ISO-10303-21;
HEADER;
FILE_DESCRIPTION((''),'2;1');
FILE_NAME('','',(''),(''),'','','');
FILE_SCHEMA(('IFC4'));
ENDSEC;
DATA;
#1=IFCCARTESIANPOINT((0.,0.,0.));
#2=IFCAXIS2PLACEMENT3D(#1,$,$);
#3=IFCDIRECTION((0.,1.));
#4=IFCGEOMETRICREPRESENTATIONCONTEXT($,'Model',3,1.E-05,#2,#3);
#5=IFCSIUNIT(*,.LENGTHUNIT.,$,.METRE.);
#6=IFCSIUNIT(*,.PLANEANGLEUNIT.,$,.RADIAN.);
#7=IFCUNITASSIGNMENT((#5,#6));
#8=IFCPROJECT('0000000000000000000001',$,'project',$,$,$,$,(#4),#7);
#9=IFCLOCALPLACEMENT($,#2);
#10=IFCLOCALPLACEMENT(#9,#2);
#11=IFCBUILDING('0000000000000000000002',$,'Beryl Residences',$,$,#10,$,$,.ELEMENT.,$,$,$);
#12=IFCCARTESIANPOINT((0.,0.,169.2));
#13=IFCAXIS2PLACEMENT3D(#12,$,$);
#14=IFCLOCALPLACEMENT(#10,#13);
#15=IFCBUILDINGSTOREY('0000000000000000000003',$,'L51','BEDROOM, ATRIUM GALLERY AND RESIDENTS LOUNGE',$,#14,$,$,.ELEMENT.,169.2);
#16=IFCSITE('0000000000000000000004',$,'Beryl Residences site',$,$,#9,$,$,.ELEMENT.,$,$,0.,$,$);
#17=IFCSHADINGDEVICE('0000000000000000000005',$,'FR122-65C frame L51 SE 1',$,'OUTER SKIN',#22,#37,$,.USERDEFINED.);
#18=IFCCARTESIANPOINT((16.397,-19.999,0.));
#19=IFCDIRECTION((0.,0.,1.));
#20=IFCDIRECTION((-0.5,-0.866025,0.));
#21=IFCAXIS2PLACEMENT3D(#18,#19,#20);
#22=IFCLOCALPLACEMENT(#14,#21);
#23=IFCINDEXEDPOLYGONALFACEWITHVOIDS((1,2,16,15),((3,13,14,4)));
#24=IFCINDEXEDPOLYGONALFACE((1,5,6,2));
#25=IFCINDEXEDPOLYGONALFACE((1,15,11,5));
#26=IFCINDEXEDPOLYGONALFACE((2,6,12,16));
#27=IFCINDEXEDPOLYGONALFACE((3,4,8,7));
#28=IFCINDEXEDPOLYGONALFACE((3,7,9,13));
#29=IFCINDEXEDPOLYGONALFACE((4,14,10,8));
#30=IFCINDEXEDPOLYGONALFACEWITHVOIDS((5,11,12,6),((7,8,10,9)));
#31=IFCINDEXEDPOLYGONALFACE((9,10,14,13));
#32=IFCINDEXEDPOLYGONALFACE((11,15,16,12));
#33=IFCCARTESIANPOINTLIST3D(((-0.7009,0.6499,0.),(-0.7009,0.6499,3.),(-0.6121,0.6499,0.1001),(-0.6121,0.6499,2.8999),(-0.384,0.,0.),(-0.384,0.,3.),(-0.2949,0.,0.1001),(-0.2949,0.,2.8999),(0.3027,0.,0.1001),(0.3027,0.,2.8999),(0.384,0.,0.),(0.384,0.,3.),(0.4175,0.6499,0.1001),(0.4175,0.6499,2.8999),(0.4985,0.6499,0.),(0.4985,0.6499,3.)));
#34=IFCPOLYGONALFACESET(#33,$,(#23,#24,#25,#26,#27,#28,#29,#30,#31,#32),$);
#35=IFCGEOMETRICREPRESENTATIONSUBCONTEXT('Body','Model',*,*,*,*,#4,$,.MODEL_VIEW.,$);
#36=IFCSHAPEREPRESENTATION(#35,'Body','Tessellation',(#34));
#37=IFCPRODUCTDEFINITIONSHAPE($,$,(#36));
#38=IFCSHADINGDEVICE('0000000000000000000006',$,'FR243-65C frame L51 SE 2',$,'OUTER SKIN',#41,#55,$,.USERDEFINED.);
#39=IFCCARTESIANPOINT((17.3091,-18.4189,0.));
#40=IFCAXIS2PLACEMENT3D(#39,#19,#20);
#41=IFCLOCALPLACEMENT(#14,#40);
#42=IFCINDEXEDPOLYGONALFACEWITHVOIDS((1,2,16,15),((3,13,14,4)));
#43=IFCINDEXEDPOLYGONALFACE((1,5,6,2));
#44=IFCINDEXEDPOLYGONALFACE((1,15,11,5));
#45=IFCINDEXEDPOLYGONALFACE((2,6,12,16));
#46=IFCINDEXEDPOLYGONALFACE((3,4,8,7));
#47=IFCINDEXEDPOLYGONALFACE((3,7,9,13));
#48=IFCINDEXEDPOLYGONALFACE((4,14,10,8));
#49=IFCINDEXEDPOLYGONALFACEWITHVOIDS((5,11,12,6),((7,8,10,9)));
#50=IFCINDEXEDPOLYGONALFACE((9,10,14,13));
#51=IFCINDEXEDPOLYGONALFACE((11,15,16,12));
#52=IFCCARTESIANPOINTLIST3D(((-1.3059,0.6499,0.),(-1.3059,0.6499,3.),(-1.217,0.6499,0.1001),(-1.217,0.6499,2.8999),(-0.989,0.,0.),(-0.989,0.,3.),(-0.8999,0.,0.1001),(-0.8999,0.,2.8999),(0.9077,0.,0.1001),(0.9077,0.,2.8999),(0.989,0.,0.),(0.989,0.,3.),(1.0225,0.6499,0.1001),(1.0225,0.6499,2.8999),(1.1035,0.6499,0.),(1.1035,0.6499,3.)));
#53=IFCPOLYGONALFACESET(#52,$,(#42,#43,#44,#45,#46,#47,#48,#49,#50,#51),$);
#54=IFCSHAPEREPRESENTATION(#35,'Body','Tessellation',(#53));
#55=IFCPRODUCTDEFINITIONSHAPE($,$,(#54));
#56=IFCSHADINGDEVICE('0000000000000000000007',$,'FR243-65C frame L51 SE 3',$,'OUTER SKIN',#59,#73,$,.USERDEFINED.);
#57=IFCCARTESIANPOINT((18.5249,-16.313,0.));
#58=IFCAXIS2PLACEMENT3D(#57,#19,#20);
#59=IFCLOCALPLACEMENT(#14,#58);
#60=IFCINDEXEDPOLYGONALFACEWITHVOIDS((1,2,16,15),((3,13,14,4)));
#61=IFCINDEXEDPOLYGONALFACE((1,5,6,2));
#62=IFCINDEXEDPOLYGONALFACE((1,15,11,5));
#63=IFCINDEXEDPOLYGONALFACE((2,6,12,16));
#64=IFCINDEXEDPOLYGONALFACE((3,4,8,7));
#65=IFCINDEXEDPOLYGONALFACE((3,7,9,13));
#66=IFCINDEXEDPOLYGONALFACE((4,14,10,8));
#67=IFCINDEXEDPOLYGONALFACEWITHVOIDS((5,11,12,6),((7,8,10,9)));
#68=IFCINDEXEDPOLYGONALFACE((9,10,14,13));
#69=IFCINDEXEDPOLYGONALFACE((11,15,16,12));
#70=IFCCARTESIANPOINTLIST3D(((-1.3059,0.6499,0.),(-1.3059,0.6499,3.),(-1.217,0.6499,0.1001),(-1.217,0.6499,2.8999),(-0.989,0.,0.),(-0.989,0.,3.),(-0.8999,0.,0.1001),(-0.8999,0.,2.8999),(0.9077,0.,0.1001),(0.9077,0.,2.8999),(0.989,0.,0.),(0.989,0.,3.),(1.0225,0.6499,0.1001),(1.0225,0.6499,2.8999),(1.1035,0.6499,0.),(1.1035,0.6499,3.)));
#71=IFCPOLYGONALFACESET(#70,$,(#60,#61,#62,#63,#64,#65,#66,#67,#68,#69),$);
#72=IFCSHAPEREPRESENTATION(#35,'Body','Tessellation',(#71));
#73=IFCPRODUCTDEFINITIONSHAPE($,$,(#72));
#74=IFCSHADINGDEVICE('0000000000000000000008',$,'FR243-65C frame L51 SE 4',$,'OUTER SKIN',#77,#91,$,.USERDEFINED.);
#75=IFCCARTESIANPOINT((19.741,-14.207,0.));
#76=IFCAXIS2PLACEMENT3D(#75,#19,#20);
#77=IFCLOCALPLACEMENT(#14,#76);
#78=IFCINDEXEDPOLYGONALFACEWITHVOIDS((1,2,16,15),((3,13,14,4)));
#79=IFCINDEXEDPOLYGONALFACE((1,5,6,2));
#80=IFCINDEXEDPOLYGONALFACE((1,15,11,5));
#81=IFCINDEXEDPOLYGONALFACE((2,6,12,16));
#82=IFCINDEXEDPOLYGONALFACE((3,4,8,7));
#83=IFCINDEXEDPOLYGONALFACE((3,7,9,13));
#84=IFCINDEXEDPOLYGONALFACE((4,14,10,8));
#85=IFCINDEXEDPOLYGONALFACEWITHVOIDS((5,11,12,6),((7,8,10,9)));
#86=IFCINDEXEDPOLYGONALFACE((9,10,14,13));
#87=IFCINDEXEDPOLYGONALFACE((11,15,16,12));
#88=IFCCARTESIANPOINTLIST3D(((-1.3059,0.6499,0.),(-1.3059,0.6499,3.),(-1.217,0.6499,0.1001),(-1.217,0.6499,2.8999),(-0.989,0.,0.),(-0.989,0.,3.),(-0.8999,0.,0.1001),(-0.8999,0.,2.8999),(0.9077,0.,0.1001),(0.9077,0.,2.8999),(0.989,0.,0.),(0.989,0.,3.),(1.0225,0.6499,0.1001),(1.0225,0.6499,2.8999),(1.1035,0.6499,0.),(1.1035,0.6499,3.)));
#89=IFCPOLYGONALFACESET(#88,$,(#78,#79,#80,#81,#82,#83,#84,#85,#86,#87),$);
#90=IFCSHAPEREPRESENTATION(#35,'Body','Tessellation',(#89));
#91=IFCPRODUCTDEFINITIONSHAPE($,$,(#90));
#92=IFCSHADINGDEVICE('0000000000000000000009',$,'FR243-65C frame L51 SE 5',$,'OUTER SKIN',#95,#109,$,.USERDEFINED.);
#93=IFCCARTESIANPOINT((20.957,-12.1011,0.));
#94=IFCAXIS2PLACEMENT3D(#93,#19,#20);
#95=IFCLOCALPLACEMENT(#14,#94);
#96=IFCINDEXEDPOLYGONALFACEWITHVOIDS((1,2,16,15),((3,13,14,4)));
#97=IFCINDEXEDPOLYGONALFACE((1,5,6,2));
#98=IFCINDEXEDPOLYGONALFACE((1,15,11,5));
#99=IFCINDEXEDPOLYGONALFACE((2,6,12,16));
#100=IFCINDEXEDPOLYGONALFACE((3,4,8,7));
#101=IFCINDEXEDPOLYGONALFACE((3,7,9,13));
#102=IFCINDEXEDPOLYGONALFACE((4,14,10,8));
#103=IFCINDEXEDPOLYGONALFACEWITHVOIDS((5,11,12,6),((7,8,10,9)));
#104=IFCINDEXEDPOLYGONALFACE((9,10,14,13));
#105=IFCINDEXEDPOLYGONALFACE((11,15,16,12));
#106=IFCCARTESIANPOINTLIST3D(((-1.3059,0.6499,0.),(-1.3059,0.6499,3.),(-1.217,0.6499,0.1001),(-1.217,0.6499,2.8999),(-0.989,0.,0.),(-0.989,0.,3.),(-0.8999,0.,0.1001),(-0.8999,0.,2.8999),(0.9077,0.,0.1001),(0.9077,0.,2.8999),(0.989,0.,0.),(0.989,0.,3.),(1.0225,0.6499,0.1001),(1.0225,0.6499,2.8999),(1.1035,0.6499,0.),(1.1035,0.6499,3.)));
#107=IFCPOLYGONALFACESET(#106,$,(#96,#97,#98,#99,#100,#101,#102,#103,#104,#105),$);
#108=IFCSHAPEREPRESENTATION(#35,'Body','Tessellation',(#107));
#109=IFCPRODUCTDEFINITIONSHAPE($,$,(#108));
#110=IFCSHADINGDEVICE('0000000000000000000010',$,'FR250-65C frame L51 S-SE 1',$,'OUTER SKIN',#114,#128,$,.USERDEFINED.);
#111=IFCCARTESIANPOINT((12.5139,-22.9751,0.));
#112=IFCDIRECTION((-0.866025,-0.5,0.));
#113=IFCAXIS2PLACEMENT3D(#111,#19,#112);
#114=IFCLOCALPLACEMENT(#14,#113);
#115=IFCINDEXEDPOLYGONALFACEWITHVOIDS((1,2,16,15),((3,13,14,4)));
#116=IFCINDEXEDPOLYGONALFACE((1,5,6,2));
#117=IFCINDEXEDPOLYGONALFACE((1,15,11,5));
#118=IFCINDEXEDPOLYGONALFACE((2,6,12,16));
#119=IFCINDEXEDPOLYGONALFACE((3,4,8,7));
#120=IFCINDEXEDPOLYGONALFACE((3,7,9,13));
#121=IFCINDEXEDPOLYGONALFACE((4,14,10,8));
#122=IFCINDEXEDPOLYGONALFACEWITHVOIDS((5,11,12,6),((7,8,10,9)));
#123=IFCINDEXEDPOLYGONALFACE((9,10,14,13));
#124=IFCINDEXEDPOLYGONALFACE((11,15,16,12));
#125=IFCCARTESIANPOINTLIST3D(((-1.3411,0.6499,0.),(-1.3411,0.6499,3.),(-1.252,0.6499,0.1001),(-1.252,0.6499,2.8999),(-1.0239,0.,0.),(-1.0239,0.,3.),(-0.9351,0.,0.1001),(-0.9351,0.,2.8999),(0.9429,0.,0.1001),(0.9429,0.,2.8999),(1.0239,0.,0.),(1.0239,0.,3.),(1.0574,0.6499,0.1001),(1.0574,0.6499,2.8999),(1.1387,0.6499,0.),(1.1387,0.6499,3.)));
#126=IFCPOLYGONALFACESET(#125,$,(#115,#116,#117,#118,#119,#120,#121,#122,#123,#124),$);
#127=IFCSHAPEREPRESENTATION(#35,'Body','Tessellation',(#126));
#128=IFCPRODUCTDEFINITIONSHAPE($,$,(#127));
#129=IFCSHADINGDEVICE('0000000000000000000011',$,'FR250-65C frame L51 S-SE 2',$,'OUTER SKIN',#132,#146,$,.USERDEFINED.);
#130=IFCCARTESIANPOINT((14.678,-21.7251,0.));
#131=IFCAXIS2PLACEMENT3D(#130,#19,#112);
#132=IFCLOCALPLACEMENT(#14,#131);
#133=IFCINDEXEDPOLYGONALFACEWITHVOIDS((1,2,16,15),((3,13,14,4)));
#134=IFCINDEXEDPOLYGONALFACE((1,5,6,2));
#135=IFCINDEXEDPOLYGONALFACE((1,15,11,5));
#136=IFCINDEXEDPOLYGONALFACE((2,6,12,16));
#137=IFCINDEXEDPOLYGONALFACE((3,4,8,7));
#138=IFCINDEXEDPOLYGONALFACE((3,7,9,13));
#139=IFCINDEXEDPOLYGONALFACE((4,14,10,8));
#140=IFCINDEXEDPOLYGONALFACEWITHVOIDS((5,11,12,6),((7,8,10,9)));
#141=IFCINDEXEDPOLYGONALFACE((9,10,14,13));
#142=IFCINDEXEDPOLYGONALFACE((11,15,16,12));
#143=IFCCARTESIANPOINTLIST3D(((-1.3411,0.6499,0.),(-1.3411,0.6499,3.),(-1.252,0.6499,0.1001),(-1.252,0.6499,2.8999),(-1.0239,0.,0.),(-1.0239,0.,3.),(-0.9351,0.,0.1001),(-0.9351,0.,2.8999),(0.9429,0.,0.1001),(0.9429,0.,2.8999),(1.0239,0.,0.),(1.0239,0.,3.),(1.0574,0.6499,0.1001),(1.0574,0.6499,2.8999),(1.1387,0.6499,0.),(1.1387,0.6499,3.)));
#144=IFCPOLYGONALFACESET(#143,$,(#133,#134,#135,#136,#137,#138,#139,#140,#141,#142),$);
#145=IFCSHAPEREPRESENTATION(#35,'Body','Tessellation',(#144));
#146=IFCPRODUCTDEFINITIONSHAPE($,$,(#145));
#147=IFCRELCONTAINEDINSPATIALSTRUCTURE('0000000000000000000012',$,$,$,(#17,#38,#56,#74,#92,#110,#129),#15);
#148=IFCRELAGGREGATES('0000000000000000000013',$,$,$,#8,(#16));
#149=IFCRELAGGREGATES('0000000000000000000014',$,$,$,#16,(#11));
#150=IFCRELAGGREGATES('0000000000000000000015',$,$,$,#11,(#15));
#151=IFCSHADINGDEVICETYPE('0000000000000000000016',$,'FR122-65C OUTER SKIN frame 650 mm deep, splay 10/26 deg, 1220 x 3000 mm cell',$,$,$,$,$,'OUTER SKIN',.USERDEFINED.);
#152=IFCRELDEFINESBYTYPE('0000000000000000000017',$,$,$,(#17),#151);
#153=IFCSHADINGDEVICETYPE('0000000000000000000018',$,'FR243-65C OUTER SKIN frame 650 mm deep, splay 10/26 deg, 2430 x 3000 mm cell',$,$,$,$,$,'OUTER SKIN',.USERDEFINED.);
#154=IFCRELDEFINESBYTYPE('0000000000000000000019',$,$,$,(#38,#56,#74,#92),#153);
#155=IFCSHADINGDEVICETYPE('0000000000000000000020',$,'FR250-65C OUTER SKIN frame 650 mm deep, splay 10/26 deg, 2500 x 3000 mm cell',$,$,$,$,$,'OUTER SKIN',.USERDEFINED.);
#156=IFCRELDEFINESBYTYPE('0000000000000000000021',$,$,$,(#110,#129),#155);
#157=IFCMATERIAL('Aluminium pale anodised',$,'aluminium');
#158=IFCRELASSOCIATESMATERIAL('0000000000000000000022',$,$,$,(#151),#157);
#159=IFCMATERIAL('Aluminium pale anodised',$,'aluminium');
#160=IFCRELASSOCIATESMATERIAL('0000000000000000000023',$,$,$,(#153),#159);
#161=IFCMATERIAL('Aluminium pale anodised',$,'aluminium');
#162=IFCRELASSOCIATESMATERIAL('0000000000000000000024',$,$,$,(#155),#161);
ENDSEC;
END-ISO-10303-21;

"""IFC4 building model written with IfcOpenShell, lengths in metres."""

from ifc_helpers import new_model, entity, si_unit, direction, frame, origin, place, context, subcontext, project, spatial, source, transform, mapped, material, type_object, type_shapes, element, save


model = new_model("IFC4")

# Units and contexts
model_context = context("Model", 3, precision=1e-05, world=origin(), true_north=direction((0.0, 1.0)))
body_context = subcontext(model_context, "Body", "Model", "MODEL_VIEW")
ifc_project = project(units=[si_unit("LENGTHUNIT", "METRE"), si_unit("PLANEANGLEUNIT", "RADIAN")], contexts=[model_context])

# Site, building, storey
site_placement = place(None, origin())
site = spatial("IfcSite", under=ifc_project, at=site_placement, Name="Beryl Residences site", CompositionType="ELEMENT", RefElevation=0.0)
building_placement = place(site_placement, origin())
building = spatial("IfcBuilding", under=site, at=building_placement, Name="Beryl Residences", CompositionType="ELEMENT")
storey_placement = place(building_placement, frame((0.0, 0.0, 169.2)))
storey = spatial("IfcBuildingStorey", under=building, at=storey_placement, Name="L51", Description="BEDROOM, ATRIUM GALLERY AND RESIDENTS LOUNGE", CompositionType="ELEMENT", Elevation=169.2)

# Shading devices
ifc_material_1 = material(Name="Aluminium pale anodised", Category="aluminium")
shading_device_type_1 = type_object("IfcShadingDeviceType", Name="FR122-65C OUTER SKIN frame 650 mm deep, splay 10/26 deg, 1220 x 3000 mm cell", ElementType="OUTER SKIN", PredefinedType="USERDEFINED", material=ifc_material_1)
cartesian_point_1 = entity("IfcCartesianPoint", [-0.384, 0.0])
cartesian_point_2 = entity("IfcCartesianPoint", [-0.3027, 0.1001])
cartesian_point_3 = entity("IfcCartesianPoint", [-0.4985, 0.0])
cartesian_point_4 = entity("IfcCartesianPoint", [-0.4175, 0.1001])
shared_shape_1 = source(origin(), body_context, "Body", "SweptSolid", [
    entity("IfcExtrudedAreaSolidTapered", entity("IfcArbitraryProfileDefWithVoids", "AREA", None, entity("IfcPolyline", [cartesian_point_1, entity("IfcCartesianPoint", [0.384, 0.0]), entity("IfcCartesianPoint", [0.384, 3.0]), entity("IfcCartesianPoint", [-0.384, 3.0]), cartesian_point_1]), [entity("IfcPolyline", [cartesian_point_2, entity("IfcCartesianPoint", [0.2949, 0.1001]), entity("IfcCartesianPoint", [0.2949, 2.8999]), entity("IfcCartesianPoint", [-0.3027, 2.8999]), cartesian_point_2])]), entity("IfcAxis2Placement3D", entity("IfcCartesianPoint", [0.0, 0.0, 0.0]), entity("IfcDirection", [0.0, 1.0, 0.0]), entity("IfcDirection", [-1.0, 0.0, 0.0])), entity("IfcDirection", [0.0, 0.0, 1.0]), 0.6499, entity("IfcArbitraryProfileDefWithVoids", "AREA", None, entity("IfcPolyline", [cartesian_point_3, entity("IfcCartesianPoint", [0.7009, 0.0]), entity("IfcCartesianPoint", [0.7009, 3.0]), entity("IfcCartesianPoint", [-0.4985, 3.0]), cartesian_point_3]), [entity("IfcPolyline", [cartesian_point_4, entity("IfcCartesianPoint", [0.6121, 0.1001]), entity("IfcCartesianPoint", [0.6121, 2.8999]), entity("IfcCartesianPoint", [-0.4175, 2.8999]), cartesian_point_4])])),
])
type_shapes(shading_device_type_1, [shared_shape_1])
shading_device_placement = place(storey_placement, frame((16.397, -19.999, 0.0), z_axis=(0.0, 0.0, 1.0), x_axis=(-0.5, -0.866025, 0.0)))
element("IfcShadingDevice", 1, at=shading_device_placement, inside=storey, type_object=shading_device_type_1, Name="FR122-65C frame L51 SE 1", ObjectType="OUTER SKIN", PredefinedType="USERDEFINED", context=body_context, shape_type="MappedRepresentation", body=[
    mapped(shared_shape_1, transform((0.0, 0.0, 0.0))),
])
ifc_material_2 = material(Name="Aluminium pale anodised", Category="aluminium")
shading_device_type_2 = type_object("IfcShadingDeviceType", Name="FR243-65C OUTER SKIN frame 650 mm deep, splay 10/26 deg, 2430 x 3000 mm cell", ElementType="OUTER SKIN", PredefinedType="USERDEFINED", material=ifc_material_2)
cartesian_point_5 = entity("IfcCartesianPoint", [-0.989, 0.0])
cartesian_point_6 = entity("IfcCartesianPoint", [-0.9077, 0.1001])
cartesian_point_7 = entity("IfcCartesianPoint", [-1.1035, 0.0])
cartesian_point_8 = entity("IfcCartesianPoint", [-1.0225, 0.1001])
shared_shape_2 = source(origin(), body_context, "Body", "SweptSolid", [
    entity("IfcExtrudedAreaSolidTapered", entity("IfcArbitraryProfileDefWithVoids", "AREA", None, entity("IfcPolyline", [cartesian_point_5, entity("IfcCartesianPoint", [0.989, 0.0]), entity("IfcCartesianPoint", [0.989, 3.0]), entity("IfcCartesianPoint", [-0.989, 3.0]), cartesian_point_5]), [entity("IfcPolyline", [cartesian_point_6, entity("IfcCartesianPoint", [0.8999, 0.1001]), entity("IfcCartesianPoint", [0.8999, 2.8999]), entity("IfcCartesianPoint", [-0.9077, 2.8999]), cartesian_point_6])]), entity("IfcAxis2Placement3D", entity("IfcCartesianPoint", [0.0, 0.0, 0.0]), entity("IfcDirection", [0.0, 1.0, 0.0]), entity("IfcDirection", [-1.0, 0.0, 0.0])), entity("IfcDirection", [0.0, 0.0, 1.0]), 0.6499, entity("IfcArbitraryProfileDefWithVoids", "AREA", None, entity("IfcPolyline", [cartesian_point_7, entity("IfcCartesianPoint", [1.3059, 0.0]), entity("IfcCartesianPoint", [1.3059, 3.0]), entity("IfcCartesianPoint", [-1.1035, 3.0]), cartesian_point_7]), [entity("IfcPolyline", [cartesian_point_8, entity("IfcCartesianPoint", [1.217, 0.1001]), entity("IfcCartesianPoint", [1.217, 2.8999]), entity("IfcCartesianPoint", [-1.0225, 2.8999]), cartesian_point_8])])),
])
type_shapes(shading_device_type_2, [shared_shape_2])
for number, where, z_axis, x_axis, name in (
    (2, (17.3091, -18.4189, 0.0), (0.0, 0.0, 1.0), (-0.5, -0.866025, 0.0), "FR243-65C frame L51 SE 2"),
    (3, (18.5249, -16.313, 0.0), (0.0, 0.0, 1.0), (-0.5, -0.866025, 0.0), "FR243-65C frame L51 SE 3"),
    (4, (19.741, -14.207, 0.0), (0.0, 0.0, 1.0), (-0.5, -0.866025, 0.0), "FR243-65C frame L51 SE 4"),
    (5, (20.957, -12.1011, 0.0), (0.0, 0.0, 1.0), (-0.5, -0.866025, 0.0), "FR243-65C frame L51 SE 5"),
):
    element("IfcShadingDevice", number, at=place(storey_placement, frame(where, z_axis=z_axis, x_axis=x_axis)), inside=storey, type_object=shading_device_type_2, Name=name, ObjectType="OUTER SKIN", PredefinedType="USERDEFINED", context=body_context, shape_type="MappedRepresentation", body=[
        mapped(shared_shape_2, transform((0.0, 0.0, 0.0))),
    ])
ifc_material_3 = material(Name="Aluminium pale anodised", Category="aluminium")
shading_device_type_3 = type_object("IfcShadingDeviceType", Name="FR250-65C OUTER SKIN frame 650 mm deep, splay 10/26 deg, 2500 x 3000 mm cell", ElementType="OUTER SKIN", PredefinedType="USERDEFINED", material=ifc_material_3)
cartesian_point_9 = entity("IfcCartesianPoint", [-1.0239, 0.0])
cartesian_point_10 = entity("IfcCartesianPoint", [-0.9429, 0.1001])
cartesian_point_11 = entity("IfcCartesianPoint", [-1.1387, 0.0])
cartesian_point_12 = entity("IfcCartesianPoint", [-1.0574, 0.1001])
shared_shape_3 = source(origin(), body_context, "Body", "SweptSolid", [
    entity("IfcExtrudedAreaSolidTapered", entity("IfcArbitraryProfileDefWithVoids", "AREA", None, entity("IfcPolyline", [cartesian_point_9, entity("IfcCartesianPoint", [1.0239, 0.0]), entity("IfcCartesianPoint", [1.0239, 3.0]), entity("IfcCartesianPoint", [-1.0239, 3.0]), cartesian_point_9]), [entity("IfcPolyline", [cartesian_point_10, entity("IfcCartesianPoint", [0.9351, 0.1001]), entity("IfcCartesianPoint", [0.9351, 2.8999]), entity("IfcCartesianPoint", [-0.9429, 2.8999]), cartesian_point_10])]), entity("IfcAxis2Placement3D", entity("IfcCartesianPoint", [0.0, 0.0, 0.0]), entity("IfcDirection", [0.0, 1.0, 0.0]), entity("IfcDirection", [-1.0, 0.0, 0.0])), entity("IfcDirection", [0.0, 0.0, 1.0]), 0.6499, entity("IfcArbitraryProfileDefWithVoids", "AREA", None, entity("IfcPolyline", [cartesian_point_11, entity("IfcCartesianPoint", [1.3411, 0.0]), entity("IfcCartesianPoint", [1.3411, 3.0]), entity("IfcCartesianPoint", [-1.1387, 3.0]), cartesian_point_11]), [entity("IfcPolyline", [cartesian_point_12, entity("IfcCartesianPoint", [1.252, 0.1001]), entity("IfcCartesianPoint", [1.252, 2.8999]), entity("IfcCartesianPoint", [-1.0574, 2.8999]), cartesian_point_12])])),
])
type_shapes(shading_device_type_3, [shared_shape_3])
for number, where, z_axis, x_axis, name in (
    (6, (12.5139, -22.9751, 0.0), (0.0, 0.0, 1.0), (-0.866025, -0.5, 0.0), "FR250-65C frame L51 S-SE 1"),
    (7, (14.678, -21.7251, 0.0), (0.0, 0.0, 1.0), (-0.866025, -0.5, 0.0), "FR250-65C frame L51 S-SE 2"),
):
    element("IfcShadingDevice", number, at=place(storey_placement, frame(where, z_axis=z_axis, x_axis=x_axis)), inside=storey, type_object=shading_device_type_3, Name=name, ObjectType="OUTER SKIN", PredefinedType="USERDEFINED", context=body_context, shape_type="MappedRepresentation", body=[
        mapped(shared_shape_3, transform((0.0, 0.0, 0.0))),
    ])

save(model, "model.ifc")
